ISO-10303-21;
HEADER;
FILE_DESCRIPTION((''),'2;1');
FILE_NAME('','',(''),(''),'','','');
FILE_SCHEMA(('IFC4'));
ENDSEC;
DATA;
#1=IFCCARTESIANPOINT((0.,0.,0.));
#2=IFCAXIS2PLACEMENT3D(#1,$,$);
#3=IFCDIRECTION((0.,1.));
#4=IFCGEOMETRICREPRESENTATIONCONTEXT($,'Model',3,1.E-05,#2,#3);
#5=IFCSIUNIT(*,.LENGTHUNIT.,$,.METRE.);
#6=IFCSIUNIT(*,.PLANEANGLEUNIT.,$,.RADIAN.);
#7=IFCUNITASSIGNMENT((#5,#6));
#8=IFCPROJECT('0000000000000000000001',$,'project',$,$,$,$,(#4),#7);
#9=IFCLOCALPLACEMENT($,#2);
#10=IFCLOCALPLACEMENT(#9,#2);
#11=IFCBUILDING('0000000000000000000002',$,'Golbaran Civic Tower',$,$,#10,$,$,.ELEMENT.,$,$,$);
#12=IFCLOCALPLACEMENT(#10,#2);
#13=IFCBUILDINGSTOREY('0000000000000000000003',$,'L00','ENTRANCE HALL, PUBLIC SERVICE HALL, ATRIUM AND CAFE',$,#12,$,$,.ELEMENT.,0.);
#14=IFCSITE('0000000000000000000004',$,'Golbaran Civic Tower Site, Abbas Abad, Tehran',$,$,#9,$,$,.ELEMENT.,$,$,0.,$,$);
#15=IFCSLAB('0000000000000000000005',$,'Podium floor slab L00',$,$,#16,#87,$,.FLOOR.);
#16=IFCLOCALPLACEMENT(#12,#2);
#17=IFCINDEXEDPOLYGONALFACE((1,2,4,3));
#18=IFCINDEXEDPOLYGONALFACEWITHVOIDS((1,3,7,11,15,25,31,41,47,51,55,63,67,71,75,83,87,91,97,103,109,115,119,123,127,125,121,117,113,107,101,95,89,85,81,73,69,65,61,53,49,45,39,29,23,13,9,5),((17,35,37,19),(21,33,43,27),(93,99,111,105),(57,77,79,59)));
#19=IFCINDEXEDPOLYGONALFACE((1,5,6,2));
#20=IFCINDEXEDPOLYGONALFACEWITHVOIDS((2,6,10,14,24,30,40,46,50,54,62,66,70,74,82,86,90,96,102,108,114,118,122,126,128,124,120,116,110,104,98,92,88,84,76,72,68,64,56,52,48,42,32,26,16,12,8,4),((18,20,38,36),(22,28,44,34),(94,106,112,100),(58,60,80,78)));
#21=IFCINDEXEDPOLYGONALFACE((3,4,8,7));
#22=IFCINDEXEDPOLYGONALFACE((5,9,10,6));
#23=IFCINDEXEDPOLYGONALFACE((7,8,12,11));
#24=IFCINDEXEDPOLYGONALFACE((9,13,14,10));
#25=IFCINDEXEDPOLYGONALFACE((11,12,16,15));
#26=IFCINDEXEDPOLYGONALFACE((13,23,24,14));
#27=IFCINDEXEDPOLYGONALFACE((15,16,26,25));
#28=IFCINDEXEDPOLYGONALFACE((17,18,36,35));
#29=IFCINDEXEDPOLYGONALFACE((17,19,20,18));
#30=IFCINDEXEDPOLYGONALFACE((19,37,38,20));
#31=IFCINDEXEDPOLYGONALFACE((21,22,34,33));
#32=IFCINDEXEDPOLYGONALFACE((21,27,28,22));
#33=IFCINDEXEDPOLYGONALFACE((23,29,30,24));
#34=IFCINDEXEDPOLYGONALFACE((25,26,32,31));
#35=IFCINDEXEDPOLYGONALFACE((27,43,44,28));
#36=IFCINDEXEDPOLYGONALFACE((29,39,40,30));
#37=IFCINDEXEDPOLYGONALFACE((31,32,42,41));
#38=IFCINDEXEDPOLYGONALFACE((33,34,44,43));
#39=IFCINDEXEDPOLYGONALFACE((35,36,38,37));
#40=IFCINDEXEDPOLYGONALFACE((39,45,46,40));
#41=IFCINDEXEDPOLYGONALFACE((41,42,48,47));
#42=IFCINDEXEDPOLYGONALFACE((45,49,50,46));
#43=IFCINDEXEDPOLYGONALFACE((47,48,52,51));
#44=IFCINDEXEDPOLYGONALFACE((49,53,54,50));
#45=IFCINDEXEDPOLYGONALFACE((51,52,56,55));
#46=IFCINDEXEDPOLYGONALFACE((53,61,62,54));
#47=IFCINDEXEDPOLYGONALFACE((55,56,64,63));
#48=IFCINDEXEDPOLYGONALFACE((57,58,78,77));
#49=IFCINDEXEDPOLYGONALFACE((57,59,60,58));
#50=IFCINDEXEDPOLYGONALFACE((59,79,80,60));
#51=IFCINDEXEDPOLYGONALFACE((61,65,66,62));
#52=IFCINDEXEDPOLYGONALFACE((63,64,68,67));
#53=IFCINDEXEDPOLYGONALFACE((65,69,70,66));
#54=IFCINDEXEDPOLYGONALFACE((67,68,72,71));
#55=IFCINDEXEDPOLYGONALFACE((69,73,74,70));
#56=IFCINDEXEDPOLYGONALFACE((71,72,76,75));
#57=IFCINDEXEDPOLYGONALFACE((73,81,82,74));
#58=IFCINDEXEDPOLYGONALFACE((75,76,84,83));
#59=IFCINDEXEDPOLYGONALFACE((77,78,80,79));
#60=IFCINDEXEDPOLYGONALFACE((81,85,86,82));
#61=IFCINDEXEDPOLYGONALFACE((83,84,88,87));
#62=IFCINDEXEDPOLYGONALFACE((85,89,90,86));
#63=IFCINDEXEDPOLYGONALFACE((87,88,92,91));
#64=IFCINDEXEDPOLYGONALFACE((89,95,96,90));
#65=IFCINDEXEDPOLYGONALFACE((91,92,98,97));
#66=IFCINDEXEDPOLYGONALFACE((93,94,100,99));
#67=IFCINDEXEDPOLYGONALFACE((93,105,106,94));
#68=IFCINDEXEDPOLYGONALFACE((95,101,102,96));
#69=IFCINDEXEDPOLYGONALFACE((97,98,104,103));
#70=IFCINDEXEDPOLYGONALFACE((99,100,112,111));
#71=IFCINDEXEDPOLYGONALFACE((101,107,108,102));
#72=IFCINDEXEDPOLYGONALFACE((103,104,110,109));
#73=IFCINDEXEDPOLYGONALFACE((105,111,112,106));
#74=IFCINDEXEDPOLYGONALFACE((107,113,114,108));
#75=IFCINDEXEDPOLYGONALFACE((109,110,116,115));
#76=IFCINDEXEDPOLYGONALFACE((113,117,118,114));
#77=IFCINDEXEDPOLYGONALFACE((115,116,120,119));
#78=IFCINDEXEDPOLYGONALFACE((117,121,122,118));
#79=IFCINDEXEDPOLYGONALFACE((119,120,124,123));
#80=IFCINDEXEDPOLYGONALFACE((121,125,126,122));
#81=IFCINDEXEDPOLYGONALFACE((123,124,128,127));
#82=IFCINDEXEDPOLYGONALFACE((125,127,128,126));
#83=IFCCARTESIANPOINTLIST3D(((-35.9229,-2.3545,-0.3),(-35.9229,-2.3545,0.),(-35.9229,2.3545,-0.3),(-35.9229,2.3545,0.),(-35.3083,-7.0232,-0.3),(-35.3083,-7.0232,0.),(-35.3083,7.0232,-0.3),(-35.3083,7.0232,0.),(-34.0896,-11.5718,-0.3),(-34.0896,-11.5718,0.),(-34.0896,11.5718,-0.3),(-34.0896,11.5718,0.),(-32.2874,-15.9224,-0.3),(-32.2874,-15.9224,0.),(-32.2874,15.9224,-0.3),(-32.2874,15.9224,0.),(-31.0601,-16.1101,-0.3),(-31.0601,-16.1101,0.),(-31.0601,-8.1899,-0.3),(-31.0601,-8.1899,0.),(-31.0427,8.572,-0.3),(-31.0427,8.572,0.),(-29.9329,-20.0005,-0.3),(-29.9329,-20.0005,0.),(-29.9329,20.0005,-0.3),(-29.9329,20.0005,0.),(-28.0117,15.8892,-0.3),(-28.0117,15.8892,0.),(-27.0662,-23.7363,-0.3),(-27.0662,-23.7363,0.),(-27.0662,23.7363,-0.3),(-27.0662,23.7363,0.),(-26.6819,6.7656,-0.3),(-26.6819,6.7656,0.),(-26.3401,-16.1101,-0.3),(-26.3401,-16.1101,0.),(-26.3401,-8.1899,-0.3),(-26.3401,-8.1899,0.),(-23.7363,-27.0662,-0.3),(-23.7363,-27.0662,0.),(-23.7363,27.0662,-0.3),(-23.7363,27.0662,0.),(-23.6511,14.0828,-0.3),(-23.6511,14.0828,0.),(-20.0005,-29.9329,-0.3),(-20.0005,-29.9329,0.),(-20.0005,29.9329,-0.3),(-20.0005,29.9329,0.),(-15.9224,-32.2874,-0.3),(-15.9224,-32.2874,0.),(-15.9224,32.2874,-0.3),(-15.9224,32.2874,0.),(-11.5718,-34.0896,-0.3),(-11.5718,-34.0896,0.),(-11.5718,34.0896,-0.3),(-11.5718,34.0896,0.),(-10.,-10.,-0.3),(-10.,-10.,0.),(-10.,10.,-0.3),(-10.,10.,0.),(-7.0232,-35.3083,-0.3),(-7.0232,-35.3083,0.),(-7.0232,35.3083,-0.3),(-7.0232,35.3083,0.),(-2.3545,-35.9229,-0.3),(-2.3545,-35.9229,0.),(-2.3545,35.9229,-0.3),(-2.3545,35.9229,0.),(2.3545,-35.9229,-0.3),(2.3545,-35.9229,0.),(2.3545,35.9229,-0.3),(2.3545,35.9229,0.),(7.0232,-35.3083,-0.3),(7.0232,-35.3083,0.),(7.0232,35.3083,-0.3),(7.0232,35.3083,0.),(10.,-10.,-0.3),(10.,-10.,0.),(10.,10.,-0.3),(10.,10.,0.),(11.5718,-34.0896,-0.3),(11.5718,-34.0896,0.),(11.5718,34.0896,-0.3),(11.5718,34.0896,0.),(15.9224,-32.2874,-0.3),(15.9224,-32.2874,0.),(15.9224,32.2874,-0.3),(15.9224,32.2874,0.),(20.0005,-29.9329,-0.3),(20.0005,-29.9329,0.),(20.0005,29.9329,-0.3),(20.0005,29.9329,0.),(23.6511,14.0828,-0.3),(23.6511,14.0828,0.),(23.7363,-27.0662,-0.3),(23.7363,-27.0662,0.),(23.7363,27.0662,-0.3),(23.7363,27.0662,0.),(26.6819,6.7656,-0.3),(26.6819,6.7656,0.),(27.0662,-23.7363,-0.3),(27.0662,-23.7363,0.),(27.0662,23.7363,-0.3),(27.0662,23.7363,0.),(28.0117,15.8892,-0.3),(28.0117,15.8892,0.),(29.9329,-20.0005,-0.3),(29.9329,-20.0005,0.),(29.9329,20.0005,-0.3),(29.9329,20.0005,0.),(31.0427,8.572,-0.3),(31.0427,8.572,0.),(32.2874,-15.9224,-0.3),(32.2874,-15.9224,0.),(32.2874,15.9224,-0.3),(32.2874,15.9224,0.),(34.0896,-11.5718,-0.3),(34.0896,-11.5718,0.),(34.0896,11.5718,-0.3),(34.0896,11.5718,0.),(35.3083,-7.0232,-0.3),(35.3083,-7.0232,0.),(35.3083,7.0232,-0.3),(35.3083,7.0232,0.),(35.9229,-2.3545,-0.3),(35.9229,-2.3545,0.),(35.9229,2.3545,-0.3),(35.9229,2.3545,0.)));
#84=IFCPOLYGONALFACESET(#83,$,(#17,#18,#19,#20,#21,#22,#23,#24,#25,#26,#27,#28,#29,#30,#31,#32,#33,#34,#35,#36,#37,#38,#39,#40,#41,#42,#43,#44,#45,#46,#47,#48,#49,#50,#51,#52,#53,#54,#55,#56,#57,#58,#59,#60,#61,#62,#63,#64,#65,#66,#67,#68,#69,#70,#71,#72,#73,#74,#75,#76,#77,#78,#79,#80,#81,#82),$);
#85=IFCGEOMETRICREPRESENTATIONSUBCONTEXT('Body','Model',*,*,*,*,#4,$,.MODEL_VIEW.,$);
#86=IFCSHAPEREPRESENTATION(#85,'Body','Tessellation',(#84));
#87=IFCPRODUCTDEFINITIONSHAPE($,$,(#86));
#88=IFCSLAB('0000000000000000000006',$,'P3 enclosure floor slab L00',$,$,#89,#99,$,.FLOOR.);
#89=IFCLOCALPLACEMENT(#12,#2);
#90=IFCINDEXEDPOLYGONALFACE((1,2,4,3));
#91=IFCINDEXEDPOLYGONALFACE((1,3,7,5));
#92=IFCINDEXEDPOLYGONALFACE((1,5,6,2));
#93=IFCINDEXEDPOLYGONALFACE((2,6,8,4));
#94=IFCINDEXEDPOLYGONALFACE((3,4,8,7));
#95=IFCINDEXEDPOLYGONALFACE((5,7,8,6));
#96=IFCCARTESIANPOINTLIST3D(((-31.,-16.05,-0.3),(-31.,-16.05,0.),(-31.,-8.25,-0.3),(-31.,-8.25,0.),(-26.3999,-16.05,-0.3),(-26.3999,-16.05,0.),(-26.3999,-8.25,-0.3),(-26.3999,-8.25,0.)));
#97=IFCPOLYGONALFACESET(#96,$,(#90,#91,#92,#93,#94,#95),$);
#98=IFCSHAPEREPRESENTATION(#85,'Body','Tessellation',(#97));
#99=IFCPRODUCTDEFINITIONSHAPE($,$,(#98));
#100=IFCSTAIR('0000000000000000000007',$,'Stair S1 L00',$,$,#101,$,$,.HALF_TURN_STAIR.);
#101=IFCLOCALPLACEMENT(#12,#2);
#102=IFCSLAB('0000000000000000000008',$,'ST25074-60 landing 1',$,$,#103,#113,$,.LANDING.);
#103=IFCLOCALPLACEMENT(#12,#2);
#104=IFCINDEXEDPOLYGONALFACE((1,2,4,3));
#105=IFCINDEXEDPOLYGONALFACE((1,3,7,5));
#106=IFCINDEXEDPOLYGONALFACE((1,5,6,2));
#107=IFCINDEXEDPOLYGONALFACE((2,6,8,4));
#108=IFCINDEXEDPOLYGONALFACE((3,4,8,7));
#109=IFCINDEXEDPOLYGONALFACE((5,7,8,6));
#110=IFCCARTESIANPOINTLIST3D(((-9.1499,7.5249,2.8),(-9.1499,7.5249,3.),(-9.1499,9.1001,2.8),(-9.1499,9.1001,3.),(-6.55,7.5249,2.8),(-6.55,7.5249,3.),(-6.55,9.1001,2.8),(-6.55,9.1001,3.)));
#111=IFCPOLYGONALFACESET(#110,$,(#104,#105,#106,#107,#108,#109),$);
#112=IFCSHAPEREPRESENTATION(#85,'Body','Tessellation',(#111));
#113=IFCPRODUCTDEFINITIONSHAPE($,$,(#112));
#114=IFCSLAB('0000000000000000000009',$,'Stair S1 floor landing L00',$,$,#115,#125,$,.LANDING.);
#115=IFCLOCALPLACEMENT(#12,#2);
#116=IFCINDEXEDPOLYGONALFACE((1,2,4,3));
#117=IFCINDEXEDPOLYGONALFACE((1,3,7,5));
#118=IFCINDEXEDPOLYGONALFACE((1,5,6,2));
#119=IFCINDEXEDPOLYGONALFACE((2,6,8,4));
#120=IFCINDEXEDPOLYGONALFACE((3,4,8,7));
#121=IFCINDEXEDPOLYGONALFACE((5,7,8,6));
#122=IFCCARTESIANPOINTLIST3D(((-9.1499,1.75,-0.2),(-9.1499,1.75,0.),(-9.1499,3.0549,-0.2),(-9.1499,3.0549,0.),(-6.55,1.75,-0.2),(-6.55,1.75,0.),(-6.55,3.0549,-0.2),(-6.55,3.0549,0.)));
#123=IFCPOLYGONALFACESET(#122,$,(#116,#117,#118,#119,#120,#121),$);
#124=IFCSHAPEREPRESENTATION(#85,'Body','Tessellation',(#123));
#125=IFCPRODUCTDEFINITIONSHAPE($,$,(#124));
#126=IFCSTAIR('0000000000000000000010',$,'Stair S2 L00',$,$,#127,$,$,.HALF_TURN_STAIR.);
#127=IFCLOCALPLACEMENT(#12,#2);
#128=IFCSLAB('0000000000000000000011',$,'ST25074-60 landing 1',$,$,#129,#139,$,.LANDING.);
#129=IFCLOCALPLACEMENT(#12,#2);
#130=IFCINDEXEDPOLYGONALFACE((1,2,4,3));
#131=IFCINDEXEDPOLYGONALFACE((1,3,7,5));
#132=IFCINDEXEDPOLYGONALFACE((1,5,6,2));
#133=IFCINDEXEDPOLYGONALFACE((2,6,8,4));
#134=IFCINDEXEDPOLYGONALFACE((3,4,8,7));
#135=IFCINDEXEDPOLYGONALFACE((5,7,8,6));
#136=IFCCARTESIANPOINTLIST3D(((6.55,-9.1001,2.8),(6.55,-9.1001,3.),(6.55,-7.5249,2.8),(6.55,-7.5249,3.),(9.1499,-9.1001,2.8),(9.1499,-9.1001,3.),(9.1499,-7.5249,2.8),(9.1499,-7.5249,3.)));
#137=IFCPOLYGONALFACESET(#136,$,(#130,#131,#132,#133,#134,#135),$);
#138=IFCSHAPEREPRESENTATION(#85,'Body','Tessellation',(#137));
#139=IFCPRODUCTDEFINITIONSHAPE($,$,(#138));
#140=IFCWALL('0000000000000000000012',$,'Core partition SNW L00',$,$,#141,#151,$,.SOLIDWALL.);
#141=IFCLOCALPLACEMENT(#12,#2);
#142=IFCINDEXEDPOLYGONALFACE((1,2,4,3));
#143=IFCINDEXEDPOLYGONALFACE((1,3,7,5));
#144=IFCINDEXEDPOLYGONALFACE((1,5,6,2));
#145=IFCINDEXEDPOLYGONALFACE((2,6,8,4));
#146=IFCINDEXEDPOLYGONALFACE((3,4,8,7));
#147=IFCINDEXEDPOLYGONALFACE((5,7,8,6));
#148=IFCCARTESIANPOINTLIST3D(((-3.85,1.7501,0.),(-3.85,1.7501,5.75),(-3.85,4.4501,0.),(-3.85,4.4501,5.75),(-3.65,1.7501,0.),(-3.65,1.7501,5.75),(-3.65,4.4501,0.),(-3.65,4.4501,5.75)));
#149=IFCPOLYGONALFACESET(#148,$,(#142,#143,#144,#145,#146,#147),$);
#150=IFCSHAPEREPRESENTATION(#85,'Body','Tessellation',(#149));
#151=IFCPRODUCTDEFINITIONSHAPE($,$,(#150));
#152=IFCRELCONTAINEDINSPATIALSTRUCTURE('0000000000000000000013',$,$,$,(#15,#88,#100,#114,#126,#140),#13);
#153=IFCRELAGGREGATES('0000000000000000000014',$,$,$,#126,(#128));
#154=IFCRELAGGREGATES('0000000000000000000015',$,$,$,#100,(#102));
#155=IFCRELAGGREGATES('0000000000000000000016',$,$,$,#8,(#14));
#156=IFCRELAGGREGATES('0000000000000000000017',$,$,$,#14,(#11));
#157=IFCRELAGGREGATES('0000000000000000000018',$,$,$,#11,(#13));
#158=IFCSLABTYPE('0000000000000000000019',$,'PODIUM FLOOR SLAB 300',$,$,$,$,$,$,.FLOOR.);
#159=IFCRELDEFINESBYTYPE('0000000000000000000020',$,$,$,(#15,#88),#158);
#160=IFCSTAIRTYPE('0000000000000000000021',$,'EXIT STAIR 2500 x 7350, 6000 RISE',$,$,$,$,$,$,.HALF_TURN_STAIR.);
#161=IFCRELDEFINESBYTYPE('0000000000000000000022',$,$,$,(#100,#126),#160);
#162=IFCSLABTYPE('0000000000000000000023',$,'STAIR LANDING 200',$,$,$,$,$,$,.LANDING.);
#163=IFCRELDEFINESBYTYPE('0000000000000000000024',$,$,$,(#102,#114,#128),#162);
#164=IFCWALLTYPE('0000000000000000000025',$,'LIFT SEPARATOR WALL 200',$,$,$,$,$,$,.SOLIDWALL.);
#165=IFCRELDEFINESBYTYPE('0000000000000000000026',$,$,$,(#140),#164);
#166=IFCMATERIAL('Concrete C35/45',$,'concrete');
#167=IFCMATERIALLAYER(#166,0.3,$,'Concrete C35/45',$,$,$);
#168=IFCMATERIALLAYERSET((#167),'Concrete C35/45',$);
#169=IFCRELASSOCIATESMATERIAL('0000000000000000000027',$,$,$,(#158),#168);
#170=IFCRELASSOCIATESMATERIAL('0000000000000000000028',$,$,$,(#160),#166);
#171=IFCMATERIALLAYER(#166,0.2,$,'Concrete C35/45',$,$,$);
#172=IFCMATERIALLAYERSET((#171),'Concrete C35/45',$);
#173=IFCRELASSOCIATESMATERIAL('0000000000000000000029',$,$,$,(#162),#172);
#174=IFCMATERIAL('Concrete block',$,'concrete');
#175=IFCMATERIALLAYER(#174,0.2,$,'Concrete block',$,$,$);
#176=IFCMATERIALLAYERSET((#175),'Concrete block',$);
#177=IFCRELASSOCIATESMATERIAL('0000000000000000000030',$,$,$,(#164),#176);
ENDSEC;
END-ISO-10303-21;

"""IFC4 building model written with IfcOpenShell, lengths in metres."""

from ifc_helpers import new_model, si_unit, direction, frame, frame_2d, origin, place, context, subcontext, project, spatial, polyline, rectangle, outline, extrude, material, layer, layer_set, type_object, element, aggregate, save


model = new_model("IFC4")

# Units and contexts
model_context = context("Model", 3, precision=1e-05, world=origin(), true_north=direction((0.0, 1.0)))
body_context = subcontext(model_context, "Body", "Model", "MODEL_VIEW")
ifc_project = project(units=[si_unit("LENGTHUNIT", "METRE"), si_unit("PLANEANGLEUNIT", "RADIAN")], contexts=[model_context])

# Site, building, storey
site_placement = place(None, origin())
site = spatial("IfcSite", under=ifc_project, at=site_placement, Name="Golbaran Civic Tower Site, Abbas Abad, Tehran", CompositionType="ELEMENT", RefElevation=0.0)
building_placement = place(site_placement, origin())
building = spatial("IfcBuilding", under=site, at=building_placement, Name="Golbaran Civic Tower", CompositionType="ELEMENT")
storey_placement = place(building_placement, origin())
storey = spatial("IfcBuildingStorey", under=building, at=storey_placement, Name="L00", Description="ENTRANCE HALL, PUBLIC SERVICE HALL, ATRIUM AND CAFE", CompositionType="ELEMENT", Elevation=0.0)

# Slabs
ifc_material_1 = material(Name="Concrete C35/45", Category="concrete")
ifc_layer_1 = layer(ifc_material_1, 0.3, Name="Concrete C35/45")
ifc_layer_set_1 = layer_set([ifc_layer_1], Name="Concrete C35/45")
slab_type_1 = type_object("IfcSlabType", Name="PODIUM FLOOR SLAB 300", PredefinedType="FLOOR", material=ifc_layer_set_1)
slab_1_placement = place(storey_placement, frame((0.0, 0.0, -0.3)))
element("IfcSlab", 1, at=slab_1_placement, inside=storey, type_object=slab_type_1, Name="Podium floor slab L00", PredefinedType="FLOOR", context=body_context, shape_type="SweptSolid", body=[
    extrude(outline(polyline([(34.0896, -11.5718), (32.2874, -15.9224), (29.9329, -20.0005), (27.0662, -23.7363), (23.7363, -27.0662), (20.0005, -29.9329), (15.9224, -32.2874), (11.5718, -34.0896), (7.0232, -35.3083), (2.3545, -35.9229), (-2.3545, -35.9229), (-7.0232, -35.3083), (-11.5718, -34.0896), (-15.9224, -32.2874), (-20.0005, -29.9329), (-23.7363, -27.0662), (-27.0662, -23.7363), (-29.9329, -20.0005), (-32.2874, -15.9224), (-34.0896, -11.5718), (-35.3083, -7.0232), (-35.9229, -2.3545), (-35.9229, 2.3545), (-35.3083, 7.0232), (-34.0896, 11.5718), (-32.2874, 15.9224), (-29.9329, 20.0005), (-27.0662, 23.7363), (-23.7363, 27.0662), (-20.0005, 29.9329), (-15.9224, 32.2874), (-11.5718, 34.0896), (-7.0232, 35.3083), (-2.3545, 35.9229), (2.3545, 35.9229), (7.0232, 35.3083), (11.5718, 34.0896), (15.9224, 32.2874), (20.0005, 29.9329), (23.7363, 27.0662), (27.0662, 23.7363), (29.9329, 20.0005), (32.2874, 15.9224), (34.0896, 11.5718), (35.3083, 7.0232), (35.9229, 2.3545), (35.9229, -2.3545), (35.3083, -7.0232), (34.0896, -11.5718)]), holes=[polyline([(26.6819, 6.7656), (31.0427, 8.572), (28.0117, 15.8892), (23.6511, 14.0828), (26.6819, 6.7656)]), polyline([(-10.0, -10.0), (10.0, -10.0), (10.0, 10.0), (-10.0, 10.0), (-10.0, -10.0)]), polyline([(-23.6511, 14.0828), (-28.0117, 15.8892), (-31.0427, 8.572), (-26.6819, 6.7656), (-23.6511, 14.0828)]), polyline([(-31.0601, -8.1899), (-31.0601, -16.1101), (-26.3401, -16.1101), (-26.3401, -8.1899), (-31.0601, -8.1899)])]), origin(), (0.0, 0.0, 1.0), 0.3),
])
slab_2_placement = place(storey_placement, frame((0.0, 0.0, -0.3)))
element("IfcSlab", 2, at=slab_2_placement, inside=storey, type_object=slab_type_1, Name="P3 enclosure floor slab L00", PredefinedType="FLOOR", context=body_context, shape_type="SweptSolid", body=[
    extrude(outline(polyline([(-26.3999, -16.05), (-31.0, -16.05), (-31.0, -8.25), (-26.3999, -8.25), (-26.3999, -16.05)])), origin(), (0.0, 0.0, 1.0), 0.3),
])

# Stair, slab
stair_type = type_object("IfcStairType", Name="EXIT STAIR 2500 x 7350, 6000 RISE", PredefinedType="HALF_TURN_STAIR", material=ifc_material_1)
stair_1_placement = place(storey_placement, origin())
stair_1 = element("IfcStair", 3, at=stair_1_placement, inside=storey, type_object=stair_type, Name="Stair S1 L00", PredefinedType="HALF_TURN_STAIR")
ifc_layer_2 = layer(ifc_material_1, 0.2, Name="Concrete C35/45")
ifc_layer_set_2 = layer_set([ifc_layer_2], Name="Concrete C35/45")
slab_type_2 = type_object("IfcSlabType", Name="STAIR LANDING 200", PredefinedType="LANDING", material=ifc_layer_set_2)
slab_3_placement = place(storey_placement, frame((0.0, 0.0, 2.8)))
slab_3 = element("IfcSlab", 4, at=slab_3_placement, type_object=slab_type_2, Name="ST25074-60 landing 1", PredefinedType="LANDING", context=body_context, shape_type="SweptSolid", body=[
    extrude(outline(polyline([(-9.1499, 7.5249), (-9.1499, 9.1001), (-6.55, 9.1001), (-6.55, 7.5249), (-9.1499, 7.5249)])), origin(), (0.0, 0.0, 1.0), 0.2),
])

# Slab
slab_4_placement = place(storey_placement, frame((0.0, 0.0, -0.2)))
element("IfcSlab", 5, at=slab_4_placement, inside=storey, type_object=slab_type_2, Name="Stair S1 floor landing L00", PredefinedType="LANDING", context=body_context, shape_type="SweptSolid", body=[
    extrude(outline(polyline([(-9.1499, 1.75), (-9.1499, 3.0549), (-6.55, 3.0549), (-6.55, 1.75), (-9.1499, 1.75)])), origin(), (0.0, 0.0, 1.0), 0.2),
])

# Stair, slab
stair_2_placement = place(storey_placement, origin())
stair_2 = element("IfcStair", 6, at=stair_2_placement, inside=storey, type_object=stair_type, Name="Stair S2 L00", PredefinedType="HALF_TURN_STAIR")
slab_5_placement = place(storey_placement, frame((0.0, 0.0, 2.8)))
slab_5 = element("IfcSlab", 7, at=slab_5_placement, type_object=slab_type_2, Name="ST25074-60 landing 1", PredefinedType="LANDING", context=body_context, shape_type="SweptSolid", body=[
    extrude(outline(polyline([(9.1499, -7.5249), (9.1499, -9.1001), (6.55, -9.1001), (6.55, -7.5249), (9.1499, -7.5249)])), origin(), (0.0, 0.0, 1.0), 0.2),
])
aggregate(stair_2, [slab_5])

# Wall
ifc_material_2 = material(Name="Concrete block", Category="concrete")
ifc_layer_3 = layer(ifc_material_2, 0.2, Name="Concrete block")
ifc_layer_set_3 = layer_set([ifc_layer_3], Name="Concrete block")
wall_type_1 = type_object("IfcWallType", Name="LIFT SEPARATOR WALL 200", PredefinedType="SOLIDWALL", material=ifc_layer_set_3)
wall_1_placement = place(storey_placement, frame((-3.75, 1.75, 0.0), z_axis=(0.0, 0.0, 1.0), x_axis=(0.0, 1.0, 0.0)))
element("IfcWall", 8, at=wall_1_placement, inside=storey, type_object=wall_type_1, Name="Core partition SNW L00", PredefinedType="SOLIDWALL", context=body_context, shape_type="SweptSolid", body=[
    extrude(rectangle(XDim=2.7, YDim=0.2, at=frame_2d((1.3501, 0.0))), origin(), (0.0, 0.0, 1.0), 5.75),
])

aggregate(stair_1, [slab_3])

save(model, "model.ifc")
